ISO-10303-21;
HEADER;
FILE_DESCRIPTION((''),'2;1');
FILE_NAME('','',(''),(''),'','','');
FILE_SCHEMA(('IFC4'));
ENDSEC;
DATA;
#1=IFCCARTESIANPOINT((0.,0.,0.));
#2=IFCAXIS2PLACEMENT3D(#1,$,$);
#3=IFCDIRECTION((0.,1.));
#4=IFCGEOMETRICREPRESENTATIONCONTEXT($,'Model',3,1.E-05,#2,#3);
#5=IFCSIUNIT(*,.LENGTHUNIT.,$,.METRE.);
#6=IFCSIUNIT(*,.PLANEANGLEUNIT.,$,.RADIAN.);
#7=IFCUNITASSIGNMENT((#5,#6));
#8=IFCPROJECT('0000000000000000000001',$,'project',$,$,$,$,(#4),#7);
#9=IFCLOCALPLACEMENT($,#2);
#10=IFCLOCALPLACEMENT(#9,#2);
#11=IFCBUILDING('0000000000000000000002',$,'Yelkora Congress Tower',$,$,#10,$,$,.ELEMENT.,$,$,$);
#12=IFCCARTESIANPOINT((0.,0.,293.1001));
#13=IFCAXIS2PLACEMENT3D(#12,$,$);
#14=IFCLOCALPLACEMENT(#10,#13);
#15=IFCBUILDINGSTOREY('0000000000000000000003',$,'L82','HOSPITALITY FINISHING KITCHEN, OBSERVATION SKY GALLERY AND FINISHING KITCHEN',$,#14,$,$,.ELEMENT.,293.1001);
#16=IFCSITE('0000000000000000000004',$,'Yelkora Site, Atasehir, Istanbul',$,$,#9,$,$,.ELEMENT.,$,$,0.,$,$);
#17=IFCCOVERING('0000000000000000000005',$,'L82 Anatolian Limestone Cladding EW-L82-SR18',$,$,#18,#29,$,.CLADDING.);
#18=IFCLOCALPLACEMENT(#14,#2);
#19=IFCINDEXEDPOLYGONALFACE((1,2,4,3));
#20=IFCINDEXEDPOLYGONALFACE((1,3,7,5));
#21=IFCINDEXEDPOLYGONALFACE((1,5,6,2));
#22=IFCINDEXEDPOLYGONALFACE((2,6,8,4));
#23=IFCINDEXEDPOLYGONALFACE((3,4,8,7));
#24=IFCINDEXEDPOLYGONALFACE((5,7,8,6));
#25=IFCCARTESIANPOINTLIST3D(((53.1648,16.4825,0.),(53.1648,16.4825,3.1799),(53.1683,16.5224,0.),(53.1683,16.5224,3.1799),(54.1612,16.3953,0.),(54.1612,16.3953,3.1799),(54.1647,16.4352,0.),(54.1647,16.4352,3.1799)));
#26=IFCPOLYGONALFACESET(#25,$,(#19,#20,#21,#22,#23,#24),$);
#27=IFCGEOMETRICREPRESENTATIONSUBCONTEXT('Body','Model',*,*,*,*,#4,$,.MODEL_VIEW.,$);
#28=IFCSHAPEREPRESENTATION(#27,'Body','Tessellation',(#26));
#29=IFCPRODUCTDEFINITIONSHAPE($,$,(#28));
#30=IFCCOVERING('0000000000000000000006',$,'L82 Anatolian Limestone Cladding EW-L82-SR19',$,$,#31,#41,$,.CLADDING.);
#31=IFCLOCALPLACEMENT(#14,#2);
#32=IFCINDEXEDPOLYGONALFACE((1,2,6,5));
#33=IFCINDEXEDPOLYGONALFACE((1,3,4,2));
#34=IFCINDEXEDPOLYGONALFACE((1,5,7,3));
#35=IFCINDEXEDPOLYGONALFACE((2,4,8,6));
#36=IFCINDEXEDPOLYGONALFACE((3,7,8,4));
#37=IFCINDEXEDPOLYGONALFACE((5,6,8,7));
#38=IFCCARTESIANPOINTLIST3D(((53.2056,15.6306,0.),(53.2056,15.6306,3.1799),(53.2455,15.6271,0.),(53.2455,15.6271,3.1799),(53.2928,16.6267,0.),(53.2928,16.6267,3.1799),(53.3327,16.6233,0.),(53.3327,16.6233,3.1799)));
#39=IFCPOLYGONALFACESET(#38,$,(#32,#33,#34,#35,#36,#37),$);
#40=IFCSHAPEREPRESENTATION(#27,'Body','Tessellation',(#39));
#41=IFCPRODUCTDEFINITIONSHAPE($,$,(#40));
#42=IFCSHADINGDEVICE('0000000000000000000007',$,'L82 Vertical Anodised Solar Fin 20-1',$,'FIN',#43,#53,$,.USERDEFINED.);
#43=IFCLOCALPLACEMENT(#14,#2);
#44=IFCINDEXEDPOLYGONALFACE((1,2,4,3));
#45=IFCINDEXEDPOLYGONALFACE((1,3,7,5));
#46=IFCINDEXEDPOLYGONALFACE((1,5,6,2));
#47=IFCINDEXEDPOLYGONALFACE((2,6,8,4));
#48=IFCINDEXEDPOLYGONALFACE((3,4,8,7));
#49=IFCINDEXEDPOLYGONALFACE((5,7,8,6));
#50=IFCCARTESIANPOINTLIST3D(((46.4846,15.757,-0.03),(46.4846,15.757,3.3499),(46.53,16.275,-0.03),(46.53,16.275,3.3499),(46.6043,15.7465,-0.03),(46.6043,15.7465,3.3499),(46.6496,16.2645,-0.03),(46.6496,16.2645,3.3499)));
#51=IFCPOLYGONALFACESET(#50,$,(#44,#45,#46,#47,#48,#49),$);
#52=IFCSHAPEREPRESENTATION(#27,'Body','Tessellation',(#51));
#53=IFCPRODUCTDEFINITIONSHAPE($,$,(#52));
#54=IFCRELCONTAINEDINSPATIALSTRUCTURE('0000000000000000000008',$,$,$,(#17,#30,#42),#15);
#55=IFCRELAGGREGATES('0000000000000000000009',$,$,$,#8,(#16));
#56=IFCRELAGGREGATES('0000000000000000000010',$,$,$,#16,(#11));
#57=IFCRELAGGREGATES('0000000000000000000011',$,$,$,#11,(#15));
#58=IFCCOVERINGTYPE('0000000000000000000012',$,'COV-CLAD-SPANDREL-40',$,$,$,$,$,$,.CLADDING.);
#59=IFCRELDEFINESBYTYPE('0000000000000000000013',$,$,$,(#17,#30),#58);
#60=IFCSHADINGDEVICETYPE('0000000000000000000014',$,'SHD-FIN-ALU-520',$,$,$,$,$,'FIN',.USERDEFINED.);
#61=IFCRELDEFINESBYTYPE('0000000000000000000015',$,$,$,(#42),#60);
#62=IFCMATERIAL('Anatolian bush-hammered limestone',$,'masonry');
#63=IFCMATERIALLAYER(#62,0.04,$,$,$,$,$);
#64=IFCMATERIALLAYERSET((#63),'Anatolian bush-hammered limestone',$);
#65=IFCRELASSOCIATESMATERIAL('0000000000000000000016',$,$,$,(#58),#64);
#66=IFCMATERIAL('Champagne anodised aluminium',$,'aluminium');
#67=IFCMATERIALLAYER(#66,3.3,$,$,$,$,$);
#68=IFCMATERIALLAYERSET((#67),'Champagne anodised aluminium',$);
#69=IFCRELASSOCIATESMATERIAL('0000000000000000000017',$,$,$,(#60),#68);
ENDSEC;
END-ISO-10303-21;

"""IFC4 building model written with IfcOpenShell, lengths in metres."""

from ifc_helpers import new_model, si_unit, direction, frame, frame_2d, origin, origin_2d, place, context, subcontext, project, spatial, rectangle, extrude, material, layer, layer_set, type_object, element, save


model = new_model("IFC4")

# Units and contexts
model_context = context("Model", 3, precision=1e-05, world=origin(), true_north=direction((0.0, 1.0)))
body_context = subcontext(model_context, "Body", "Model", "MODEL_VIEW")
ifc_project = project(units=[si_unit("LENGTHUNIT", "METRE"), si_unit("PLANEANGLEUNIT", "RADIAN")], contexts=[model_context])

# Site, building, storey
site_placement = place(None, origin())
site = spatial("IfcSite", under=ifc_project, at=site_placement, Name="Yelkora Site, Atasehir, Istanbul", CompositionType="ELEMENT", RefElevation=0.0)
building_placement = place(site_placement, origin())
building = spatial("IfcBuilding", under=site, at=building_placement, Name="Yelkora Congress Tower", CompositionType="ELEMENT")
storey_placement = place(building_placement, frame((0.0, 0.0, 293.1001)))
storey = spatial("IfcBuildingStorey", under=building, at=storey_placement, Name="L82", Description="HOSPITALITY FINISHING KITCHEN, OBSERVATION SKY GALLERY AND FINISHING KITCHEN", CompositionType="ELEMENT", Elevation=293.1001)

# Coverings
ifc_material_1 = material(Name="Anatolian bush-hammered limestone", Category="masonry")
ifc_layer_1 = layer(ifc_material_1, 0.04)
ifc_layer_set_1 = layer_set([ifc_layer_1], Name="Anatolian bush-hammered limestone")
covering_type = type_object("IfcCoveringType", Name="COV-CLAD-SPANDREL-40", PredefinedType="CLADDING", material=ifc_layer_set_1)
covering_1_placement = place(storey_placement, frame((54.1628, 16.4153, 0.0), z_axis=(0.0, 0.0, 1.0), x_axis=(-0.996196, 0.087146, 0.0)))
element("IfcCovering", 1, at=covering_1_placement, inside=storey, type_object=covering_type, Name="L82 Anatolian Limestone Cladding EW-L82-SR18", PredefinedType="CLADDING", context=body_context, shape_type="SweptSolid", body=[
    extrude(rectangle(XDim=1.0002, YDim=0.04, at=frame_2d((0.5, 0.0))), origin(), (0.0, 0.0, 1.0), 3.1799),
])
covering_2_placement = place(storey_placement, frame((53.3127, 16.625, 0.0), z_axis=(0.0, 0.0, 1.0), x_axis=(-0.087167, -0.996194, 0.0)))
element("IfcCovering", 2, at=covering_2_placement, inside=storey, type_object=covering_type, Name="L82 Anatolian Limestone Cladding EW-L82-SR19", PredefinedType="CLADDING", context=body_context, shape_type="SweptSolid", body=[
    extrude(rectangle(XDim=1.0, YDim=0.04, at=frame_2d((0.5, 0.0))), origin(), (0.0, 0.0, 1.0), 3.1799),
])

# Shading device
ifc_material_2 = material(Name="Champagne anodised aluminium", Category="aluminium")
ifc_layer_2 = layer(ifc_material_2, 3.3)
ifc_layer_set_2 = layer_set([ifc_layer_2], Name="Champagne anodised aluminium")
shading_device_type = type_object("IfcShadingDeviceType", Name="SHD-FIN-ALU-520", ElementType="FIN", PredefinedType="USERDEFINED", material=ifc_layer_set_2)
shading_device_placement = place(storey_placement, frame((46.5671, 16.0107, -0.03), z_axis=(0.0, 0.0, 1.0), x_axis=(-0.996195, 0.087156, 0.0)))
element("IfcShadingDevice", 3, at=shading_device_placement, inside=storey, type_object=shading_device_type, Name="L82 Vertical Anodised Solar Fin 20-1", ObjectType="FIN", PredefinedType="USERDEFINED", context=body_context, shape_type="SweptSolid", body=[
    extrude(rectangle(XDim=0.1201, YDim=0.52, at=origin_2d()), origin(), (0.0, 0.0, 1.0), 3.3799),
])

save(model, "model.ifc")
